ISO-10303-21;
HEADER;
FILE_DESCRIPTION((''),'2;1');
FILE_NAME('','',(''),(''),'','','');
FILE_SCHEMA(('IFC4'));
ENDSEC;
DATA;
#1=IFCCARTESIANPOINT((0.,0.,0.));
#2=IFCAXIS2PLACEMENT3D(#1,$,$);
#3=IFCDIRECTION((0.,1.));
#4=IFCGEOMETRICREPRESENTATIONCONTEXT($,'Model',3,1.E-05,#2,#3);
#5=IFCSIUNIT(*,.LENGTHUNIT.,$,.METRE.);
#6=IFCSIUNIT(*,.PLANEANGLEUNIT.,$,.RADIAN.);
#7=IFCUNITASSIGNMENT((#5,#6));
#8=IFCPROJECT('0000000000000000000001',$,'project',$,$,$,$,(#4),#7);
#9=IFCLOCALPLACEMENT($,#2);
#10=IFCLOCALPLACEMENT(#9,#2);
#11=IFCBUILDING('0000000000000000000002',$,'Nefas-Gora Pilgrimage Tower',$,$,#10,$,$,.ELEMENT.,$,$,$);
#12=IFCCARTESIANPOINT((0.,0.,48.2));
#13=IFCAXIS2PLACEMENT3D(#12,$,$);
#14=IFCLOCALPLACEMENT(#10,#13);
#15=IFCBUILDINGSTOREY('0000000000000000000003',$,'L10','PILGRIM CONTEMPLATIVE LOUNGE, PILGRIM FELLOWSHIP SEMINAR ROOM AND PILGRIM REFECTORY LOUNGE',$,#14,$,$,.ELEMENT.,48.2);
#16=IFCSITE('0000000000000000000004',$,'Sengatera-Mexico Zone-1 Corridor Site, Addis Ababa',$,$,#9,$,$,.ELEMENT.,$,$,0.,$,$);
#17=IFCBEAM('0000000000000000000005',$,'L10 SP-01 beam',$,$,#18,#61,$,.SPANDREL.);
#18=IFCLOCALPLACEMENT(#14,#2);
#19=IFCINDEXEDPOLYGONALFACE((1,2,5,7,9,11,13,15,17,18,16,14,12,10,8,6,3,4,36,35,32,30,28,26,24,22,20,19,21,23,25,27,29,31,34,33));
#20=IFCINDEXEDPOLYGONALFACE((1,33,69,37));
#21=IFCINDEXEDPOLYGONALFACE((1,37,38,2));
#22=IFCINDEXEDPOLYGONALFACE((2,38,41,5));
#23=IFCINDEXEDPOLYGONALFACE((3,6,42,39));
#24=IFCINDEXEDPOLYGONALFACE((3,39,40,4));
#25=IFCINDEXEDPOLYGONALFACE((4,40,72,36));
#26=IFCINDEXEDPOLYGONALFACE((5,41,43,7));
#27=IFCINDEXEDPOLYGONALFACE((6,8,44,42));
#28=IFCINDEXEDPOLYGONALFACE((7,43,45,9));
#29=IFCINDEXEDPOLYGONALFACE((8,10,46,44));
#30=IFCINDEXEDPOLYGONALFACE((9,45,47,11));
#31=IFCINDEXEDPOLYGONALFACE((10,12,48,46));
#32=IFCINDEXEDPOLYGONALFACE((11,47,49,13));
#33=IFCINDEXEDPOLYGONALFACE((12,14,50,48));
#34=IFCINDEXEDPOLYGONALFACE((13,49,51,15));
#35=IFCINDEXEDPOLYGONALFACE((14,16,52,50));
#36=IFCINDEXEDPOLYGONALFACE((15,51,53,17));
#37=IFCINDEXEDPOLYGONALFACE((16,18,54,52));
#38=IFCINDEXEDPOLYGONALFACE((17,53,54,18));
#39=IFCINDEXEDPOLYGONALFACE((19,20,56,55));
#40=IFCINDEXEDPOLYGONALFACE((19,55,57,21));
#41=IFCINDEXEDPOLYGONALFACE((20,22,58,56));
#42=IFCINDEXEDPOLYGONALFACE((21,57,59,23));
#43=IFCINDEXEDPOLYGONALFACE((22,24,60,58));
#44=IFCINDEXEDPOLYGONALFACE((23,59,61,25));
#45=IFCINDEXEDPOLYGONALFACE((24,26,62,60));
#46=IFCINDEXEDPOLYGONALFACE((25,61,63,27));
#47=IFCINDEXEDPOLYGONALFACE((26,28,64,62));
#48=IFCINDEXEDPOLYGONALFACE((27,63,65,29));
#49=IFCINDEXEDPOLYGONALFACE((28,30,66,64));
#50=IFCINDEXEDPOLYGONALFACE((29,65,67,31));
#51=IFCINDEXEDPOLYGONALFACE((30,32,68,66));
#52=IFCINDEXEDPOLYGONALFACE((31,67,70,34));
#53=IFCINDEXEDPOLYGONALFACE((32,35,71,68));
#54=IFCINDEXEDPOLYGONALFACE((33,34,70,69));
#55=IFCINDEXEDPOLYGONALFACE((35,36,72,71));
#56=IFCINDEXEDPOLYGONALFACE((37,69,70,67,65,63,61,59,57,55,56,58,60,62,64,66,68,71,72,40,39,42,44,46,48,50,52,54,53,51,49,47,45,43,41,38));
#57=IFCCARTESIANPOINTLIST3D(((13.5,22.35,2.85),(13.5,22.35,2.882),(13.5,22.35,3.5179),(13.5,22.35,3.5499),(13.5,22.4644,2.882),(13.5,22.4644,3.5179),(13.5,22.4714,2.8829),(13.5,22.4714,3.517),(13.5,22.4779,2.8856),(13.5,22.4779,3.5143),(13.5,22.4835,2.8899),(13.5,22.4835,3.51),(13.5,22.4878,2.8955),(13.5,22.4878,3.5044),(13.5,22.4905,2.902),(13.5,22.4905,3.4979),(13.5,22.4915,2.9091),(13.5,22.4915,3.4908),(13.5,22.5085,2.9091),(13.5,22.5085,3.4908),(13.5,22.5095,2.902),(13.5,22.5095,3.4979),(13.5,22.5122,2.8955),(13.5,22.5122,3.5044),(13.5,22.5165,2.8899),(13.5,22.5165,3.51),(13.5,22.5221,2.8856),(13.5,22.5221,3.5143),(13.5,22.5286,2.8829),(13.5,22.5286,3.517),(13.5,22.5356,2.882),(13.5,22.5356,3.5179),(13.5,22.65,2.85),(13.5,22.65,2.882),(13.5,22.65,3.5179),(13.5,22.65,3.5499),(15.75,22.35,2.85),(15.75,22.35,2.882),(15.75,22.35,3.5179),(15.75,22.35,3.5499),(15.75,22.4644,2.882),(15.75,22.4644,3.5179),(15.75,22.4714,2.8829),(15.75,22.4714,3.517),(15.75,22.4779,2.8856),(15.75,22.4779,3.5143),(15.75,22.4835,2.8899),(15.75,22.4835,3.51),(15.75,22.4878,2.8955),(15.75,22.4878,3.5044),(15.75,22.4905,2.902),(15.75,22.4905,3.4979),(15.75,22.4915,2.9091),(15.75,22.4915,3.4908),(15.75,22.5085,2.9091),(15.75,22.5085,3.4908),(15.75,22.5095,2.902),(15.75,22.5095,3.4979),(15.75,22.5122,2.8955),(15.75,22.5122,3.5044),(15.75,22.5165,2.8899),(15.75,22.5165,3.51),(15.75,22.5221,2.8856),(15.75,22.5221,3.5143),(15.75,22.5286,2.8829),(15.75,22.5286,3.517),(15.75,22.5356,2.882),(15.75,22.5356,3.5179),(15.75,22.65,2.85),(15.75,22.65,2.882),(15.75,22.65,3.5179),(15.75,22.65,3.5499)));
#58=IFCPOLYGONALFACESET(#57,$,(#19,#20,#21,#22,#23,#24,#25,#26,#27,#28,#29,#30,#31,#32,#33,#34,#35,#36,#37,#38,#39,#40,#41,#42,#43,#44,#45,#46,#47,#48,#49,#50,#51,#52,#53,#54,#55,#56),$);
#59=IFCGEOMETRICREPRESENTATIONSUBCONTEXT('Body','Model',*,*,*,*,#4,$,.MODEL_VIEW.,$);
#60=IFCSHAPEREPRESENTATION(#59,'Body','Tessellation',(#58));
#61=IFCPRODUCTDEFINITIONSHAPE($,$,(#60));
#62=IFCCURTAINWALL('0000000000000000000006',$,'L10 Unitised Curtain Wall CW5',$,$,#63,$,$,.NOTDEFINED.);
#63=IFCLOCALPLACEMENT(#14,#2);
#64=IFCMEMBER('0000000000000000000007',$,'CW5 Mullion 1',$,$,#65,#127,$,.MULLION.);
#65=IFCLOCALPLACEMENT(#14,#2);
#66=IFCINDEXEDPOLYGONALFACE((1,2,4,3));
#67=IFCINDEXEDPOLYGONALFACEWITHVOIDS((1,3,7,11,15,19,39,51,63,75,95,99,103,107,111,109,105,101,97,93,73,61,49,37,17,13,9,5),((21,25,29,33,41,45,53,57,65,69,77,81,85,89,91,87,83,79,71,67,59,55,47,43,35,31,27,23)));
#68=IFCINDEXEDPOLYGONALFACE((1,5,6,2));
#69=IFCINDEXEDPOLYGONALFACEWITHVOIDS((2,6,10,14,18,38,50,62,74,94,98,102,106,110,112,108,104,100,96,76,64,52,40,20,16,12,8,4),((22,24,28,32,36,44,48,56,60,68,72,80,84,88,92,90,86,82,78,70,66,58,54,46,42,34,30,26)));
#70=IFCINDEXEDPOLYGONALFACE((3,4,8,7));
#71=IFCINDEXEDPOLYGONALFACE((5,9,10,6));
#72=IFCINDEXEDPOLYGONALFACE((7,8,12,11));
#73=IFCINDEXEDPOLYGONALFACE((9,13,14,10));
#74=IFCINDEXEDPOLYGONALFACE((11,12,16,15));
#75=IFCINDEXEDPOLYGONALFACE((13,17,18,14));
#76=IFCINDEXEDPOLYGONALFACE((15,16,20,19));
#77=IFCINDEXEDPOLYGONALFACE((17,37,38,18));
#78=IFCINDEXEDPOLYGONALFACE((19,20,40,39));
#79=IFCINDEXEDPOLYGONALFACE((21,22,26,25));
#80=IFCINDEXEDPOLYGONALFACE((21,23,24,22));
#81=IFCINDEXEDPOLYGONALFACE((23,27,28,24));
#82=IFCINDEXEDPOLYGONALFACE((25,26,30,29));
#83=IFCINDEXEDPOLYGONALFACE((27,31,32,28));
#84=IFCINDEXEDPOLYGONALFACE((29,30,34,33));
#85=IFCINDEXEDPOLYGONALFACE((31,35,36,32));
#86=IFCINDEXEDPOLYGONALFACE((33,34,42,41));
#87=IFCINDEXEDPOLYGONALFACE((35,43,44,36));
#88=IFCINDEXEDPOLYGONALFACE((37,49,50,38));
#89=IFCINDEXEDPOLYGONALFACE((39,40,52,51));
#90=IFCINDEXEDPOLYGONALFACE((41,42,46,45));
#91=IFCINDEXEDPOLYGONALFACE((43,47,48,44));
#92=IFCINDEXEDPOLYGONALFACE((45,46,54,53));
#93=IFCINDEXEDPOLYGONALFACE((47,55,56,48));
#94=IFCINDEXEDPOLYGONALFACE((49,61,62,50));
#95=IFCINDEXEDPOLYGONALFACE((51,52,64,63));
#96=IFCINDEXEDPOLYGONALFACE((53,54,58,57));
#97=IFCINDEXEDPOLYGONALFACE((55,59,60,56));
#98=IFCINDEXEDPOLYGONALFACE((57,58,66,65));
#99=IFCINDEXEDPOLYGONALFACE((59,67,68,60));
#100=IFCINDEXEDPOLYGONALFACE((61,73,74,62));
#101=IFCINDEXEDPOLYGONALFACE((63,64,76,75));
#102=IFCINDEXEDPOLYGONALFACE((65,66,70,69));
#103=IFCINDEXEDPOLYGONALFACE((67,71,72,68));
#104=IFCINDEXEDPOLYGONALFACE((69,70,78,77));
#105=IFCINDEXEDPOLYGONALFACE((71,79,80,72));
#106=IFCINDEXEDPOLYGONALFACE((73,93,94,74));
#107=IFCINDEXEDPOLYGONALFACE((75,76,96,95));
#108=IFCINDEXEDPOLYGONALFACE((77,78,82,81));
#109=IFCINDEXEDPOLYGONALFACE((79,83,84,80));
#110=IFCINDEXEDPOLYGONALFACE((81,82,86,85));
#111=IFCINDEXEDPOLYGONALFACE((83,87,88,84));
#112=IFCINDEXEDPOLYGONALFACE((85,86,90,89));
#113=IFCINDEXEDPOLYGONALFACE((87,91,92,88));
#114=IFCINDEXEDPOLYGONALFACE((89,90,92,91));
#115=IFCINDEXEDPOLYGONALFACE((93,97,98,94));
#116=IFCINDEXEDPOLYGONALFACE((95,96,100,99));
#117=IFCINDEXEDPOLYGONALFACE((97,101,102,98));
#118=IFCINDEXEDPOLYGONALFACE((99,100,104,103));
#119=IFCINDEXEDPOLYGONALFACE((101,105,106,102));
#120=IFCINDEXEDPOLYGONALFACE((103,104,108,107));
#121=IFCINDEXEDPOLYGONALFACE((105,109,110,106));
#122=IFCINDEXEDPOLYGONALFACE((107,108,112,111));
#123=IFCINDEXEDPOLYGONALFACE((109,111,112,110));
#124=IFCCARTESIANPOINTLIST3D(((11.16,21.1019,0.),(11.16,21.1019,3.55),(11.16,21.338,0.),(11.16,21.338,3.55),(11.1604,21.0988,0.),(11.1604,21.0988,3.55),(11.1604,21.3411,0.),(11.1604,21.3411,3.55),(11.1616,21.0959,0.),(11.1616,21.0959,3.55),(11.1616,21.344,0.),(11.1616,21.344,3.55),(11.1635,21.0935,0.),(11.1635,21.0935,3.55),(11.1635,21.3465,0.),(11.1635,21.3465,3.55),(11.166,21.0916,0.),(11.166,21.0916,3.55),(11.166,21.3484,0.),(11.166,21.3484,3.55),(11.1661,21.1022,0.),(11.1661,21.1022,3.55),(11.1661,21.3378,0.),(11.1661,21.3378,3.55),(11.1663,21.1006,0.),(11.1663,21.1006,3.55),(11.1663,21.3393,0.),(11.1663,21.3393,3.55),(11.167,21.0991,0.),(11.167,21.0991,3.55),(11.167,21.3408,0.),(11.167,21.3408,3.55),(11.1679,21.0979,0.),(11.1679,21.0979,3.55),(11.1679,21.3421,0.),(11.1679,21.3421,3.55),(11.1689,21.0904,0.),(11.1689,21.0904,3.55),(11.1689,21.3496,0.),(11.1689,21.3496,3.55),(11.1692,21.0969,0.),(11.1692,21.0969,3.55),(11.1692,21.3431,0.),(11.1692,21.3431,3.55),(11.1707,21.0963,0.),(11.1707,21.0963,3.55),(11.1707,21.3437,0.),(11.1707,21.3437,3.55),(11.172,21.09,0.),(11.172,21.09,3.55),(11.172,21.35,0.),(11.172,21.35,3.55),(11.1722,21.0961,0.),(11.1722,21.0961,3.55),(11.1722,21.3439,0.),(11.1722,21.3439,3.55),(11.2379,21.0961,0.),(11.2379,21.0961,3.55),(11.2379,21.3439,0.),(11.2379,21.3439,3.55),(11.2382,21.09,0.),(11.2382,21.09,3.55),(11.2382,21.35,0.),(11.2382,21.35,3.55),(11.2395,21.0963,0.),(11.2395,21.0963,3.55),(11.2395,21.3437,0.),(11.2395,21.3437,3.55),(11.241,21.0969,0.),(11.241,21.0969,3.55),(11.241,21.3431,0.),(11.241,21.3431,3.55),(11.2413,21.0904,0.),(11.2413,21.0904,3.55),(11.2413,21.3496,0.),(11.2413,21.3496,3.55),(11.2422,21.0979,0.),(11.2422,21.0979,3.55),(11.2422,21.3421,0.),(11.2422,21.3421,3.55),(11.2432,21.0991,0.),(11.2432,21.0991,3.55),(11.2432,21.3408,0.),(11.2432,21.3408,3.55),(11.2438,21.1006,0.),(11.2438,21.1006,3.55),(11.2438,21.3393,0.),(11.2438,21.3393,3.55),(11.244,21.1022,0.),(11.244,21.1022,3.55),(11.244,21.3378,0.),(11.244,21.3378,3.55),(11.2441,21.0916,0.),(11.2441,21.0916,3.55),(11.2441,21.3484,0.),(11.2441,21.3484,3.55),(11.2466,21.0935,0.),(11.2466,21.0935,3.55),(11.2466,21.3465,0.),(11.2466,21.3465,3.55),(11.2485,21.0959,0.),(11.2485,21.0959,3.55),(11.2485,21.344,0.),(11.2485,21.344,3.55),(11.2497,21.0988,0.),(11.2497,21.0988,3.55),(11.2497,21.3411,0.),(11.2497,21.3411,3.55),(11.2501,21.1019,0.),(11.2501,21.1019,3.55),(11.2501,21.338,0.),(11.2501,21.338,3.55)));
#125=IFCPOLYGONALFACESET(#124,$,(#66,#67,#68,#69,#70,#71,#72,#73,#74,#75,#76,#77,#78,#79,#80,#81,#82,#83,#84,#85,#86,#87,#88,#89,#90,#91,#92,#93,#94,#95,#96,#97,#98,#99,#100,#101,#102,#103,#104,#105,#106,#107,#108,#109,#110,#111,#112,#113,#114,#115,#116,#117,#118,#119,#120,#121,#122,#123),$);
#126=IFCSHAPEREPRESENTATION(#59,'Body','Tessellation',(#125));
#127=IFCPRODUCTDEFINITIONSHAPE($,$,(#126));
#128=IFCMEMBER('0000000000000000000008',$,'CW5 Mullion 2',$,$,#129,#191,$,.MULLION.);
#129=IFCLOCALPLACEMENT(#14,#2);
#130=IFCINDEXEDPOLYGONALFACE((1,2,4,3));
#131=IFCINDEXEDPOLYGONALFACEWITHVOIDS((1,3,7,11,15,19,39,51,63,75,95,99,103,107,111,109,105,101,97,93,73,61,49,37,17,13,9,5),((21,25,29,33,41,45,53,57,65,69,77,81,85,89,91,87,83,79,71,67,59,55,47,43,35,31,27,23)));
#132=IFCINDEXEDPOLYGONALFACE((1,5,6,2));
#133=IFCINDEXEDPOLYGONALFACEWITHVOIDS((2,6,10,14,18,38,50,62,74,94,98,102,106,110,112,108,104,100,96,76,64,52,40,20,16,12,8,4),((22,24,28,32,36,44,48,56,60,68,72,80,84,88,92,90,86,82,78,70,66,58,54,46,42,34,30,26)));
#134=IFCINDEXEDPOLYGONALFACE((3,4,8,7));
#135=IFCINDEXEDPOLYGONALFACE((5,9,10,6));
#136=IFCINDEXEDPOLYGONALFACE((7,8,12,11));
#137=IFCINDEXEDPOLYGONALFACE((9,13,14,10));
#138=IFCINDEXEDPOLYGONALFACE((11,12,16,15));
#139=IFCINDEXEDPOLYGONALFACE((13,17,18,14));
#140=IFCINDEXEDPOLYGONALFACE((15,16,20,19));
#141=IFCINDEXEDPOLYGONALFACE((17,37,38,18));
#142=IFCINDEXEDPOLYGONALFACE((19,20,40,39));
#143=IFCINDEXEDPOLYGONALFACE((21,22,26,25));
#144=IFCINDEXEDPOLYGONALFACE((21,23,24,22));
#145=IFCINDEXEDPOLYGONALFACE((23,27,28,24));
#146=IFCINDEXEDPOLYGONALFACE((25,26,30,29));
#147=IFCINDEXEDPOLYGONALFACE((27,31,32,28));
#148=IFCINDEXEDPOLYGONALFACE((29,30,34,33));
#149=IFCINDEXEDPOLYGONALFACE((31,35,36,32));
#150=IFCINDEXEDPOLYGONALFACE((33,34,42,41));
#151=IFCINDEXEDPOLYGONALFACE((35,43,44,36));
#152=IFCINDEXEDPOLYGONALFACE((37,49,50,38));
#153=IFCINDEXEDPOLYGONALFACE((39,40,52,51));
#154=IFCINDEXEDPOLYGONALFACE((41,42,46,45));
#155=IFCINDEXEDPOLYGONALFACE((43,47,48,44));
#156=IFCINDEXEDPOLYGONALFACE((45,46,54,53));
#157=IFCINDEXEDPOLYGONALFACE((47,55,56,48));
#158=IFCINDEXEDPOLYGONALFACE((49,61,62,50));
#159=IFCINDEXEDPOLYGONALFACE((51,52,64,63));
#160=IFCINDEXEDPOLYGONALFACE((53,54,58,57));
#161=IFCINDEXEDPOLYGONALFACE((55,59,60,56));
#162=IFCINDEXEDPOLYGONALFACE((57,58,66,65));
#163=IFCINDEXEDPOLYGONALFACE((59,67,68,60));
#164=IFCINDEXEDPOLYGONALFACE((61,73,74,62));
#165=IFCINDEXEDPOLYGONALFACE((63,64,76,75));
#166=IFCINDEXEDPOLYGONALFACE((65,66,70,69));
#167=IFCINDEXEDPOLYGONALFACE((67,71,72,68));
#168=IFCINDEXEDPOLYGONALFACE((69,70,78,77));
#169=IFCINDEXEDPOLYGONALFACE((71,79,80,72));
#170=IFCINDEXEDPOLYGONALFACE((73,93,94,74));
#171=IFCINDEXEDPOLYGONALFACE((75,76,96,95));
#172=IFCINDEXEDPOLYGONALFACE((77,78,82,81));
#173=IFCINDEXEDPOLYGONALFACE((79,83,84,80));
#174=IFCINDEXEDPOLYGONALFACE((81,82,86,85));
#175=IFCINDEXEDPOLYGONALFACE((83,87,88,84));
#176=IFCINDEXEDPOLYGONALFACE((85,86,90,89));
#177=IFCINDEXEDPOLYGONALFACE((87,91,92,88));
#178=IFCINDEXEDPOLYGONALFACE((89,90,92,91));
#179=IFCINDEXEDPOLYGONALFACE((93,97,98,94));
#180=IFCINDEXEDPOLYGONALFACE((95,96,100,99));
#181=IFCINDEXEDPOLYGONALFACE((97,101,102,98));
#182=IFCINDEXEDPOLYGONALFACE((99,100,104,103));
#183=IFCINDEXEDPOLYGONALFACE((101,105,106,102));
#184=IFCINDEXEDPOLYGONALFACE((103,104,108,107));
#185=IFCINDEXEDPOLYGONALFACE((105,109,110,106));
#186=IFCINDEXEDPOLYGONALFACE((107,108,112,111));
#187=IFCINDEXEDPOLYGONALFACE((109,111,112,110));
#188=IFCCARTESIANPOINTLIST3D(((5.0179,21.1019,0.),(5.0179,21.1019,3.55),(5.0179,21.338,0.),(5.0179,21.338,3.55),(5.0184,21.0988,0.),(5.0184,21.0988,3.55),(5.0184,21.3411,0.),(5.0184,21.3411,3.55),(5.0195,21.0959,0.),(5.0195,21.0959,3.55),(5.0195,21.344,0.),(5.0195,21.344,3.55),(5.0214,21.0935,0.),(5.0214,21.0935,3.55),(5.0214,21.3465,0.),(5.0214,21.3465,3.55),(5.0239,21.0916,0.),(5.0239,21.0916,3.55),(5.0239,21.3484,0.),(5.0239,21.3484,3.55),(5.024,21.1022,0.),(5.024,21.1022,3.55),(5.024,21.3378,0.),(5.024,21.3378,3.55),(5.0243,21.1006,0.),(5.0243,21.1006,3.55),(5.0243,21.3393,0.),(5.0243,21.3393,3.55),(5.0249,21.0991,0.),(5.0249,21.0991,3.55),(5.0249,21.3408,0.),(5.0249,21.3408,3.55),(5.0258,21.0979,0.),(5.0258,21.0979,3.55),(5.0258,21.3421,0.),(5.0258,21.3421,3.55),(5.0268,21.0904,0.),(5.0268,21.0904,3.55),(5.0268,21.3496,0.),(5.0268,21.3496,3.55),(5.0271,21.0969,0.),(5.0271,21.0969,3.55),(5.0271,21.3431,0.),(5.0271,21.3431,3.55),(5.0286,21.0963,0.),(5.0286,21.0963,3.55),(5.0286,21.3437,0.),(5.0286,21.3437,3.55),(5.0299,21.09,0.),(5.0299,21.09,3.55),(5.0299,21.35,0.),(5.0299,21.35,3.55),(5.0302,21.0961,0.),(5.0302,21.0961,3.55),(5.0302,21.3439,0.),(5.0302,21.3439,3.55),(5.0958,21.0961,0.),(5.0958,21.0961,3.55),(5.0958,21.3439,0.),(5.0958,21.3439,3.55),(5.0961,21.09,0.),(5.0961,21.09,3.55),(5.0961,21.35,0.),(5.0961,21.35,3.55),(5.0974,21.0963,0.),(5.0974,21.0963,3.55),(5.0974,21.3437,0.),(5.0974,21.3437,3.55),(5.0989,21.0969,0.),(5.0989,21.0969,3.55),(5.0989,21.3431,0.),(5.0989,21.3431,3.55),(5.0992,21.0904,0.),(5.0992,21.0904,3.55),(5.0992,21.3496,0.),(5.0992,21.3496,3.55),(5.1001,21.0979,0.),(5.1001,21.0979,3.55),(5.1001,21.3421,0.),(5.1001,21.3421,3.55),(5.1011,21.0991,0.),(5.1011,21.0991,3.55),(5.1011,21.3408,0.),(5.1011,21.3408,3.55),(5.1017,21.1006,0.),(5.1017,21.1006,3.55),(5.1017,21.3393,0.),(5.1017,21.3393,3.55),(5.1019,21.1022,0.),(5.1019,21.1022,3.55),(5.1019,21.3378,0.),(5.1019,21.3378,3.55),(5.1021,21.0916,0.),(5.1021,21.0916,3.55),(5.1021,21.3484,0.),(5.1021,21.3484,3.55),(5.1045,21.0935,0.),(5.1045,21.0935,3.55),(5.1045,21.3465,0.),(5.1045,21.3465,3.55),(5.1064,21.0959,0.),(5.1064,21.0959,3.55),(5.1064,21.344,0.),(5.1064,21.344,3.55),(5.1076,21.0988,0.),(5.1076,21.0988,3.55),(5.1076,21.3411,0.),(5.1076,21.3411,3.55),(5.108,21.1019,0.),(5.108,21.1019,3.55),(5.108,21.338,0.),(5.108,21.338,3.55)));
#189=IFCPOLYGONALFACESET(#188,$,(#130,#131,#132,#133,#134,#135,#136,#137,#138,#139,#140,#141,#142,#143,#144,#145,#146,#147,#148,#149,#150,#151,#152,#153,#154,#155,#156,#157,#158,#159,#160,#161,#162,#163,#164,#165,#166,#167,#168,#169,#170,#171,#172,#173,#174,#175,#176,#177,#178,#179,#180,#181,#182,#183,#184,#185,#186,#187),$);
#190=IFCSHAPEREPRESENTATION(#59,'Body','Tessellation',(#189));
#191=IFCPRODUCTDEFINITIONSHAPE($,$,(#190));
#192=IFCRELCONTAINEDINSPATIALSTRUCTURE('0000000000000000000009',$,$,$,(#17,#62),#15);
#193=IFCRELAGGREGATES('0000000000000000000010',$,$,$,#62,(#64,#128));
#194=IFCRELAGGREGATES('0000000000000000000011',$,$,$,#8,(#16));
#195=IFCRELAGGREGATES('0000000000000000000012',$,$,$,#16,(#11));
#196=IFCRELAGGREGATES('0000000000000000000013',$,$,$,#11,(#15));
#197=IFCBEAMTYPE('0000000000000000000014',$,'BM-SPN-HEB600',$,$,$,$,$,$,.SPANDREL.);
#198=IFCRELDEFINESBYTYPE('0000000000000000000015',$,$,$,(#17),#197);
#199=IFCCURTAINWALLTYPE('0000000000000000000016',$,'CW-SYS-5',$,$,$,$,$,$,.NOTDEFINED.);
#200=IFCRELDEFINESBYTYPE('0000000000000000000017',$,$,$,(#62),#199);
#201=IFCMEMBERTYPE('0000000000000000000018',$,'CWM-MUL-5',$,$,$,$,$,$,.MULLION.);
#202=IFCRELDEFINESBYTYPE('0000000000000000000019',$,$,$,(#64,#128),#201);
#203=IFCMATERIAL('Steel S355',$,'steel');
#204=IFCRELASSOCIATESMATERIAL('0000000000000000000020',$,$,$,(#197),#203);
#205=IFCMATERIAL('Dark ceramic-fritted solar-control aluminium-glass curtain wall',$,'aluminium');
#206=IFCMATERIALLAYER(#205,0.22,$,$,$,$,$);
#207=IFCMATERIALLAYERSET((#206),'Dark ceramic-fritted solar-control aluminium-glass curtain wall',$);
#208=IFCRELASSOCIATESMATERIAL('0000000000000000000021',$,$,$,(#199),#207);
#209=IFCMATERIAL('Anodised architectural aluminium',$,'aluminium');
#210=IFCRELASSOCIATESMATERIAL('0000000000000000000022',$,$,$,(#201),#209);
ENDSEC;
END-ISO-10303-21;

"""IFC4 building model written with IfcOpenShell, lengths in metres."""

from ifc_helpers import new_model, si_unit, direction, frame, origin, origin_2d, place, context, subcontext, project, spatial, hollow_rectangle, i_section, extrude, source, transform, mapped, material, layer, layer_set, material_profile, profile_set, type_object, element, aggregate, save


model = new_model("IFC4")

# Units and contexts
model_context = context("Model", 3, precision=1e-05, world=origin(), true_north=direction((0.0, 1.0)))
body_context = subcontext(model_context, "Body", "Model", "MODEL_VIEW")
ifc_project = project(units=[si_unit("LENGTHUNIT", "METRE"), si_unit("PLANEANGLEUNIT", "RADIAN")], contexts=[model_context])

# Site, building, storey
site_placement = place(None, origin())
site = spatial("IfcSite", under=ifc_project, at=site_placement, Name="Sengatera-Mexico Zone-1 Corridor Site, Addis Ababa", CompositionType="ELEMENT", RefElevation=0.0)
building_placement = place(site_placement, origin())
building = spatial("IfcBuilding", under=site, at=building_placement, Name="Nefas-Gora Pilgrimage Tower", CompositionType="ELEMENT")
storey_placement = place(building_placement, frame((0.0, 0.0, 48.2)))
storey = spatial("IfcBuildingStorey", under=building, at=storey_placement, Name="L10", Description="PILGRIM CONTEMPLATIVE LOUNGE, PILGRIM FELLOWSHIP SEMINAR ROOM AND PILGRIM REFECTORY LOUNGE", CompositionType="ELEMENT", Elevation=48.2)

# Beam
ifc_material_1 = material(Name="Steel S355", Category="steel")
ifc_material_profile_1 = material_profile(ifc_material_1, i_section(OverallWidth=0.3, OverallDepth=0.7, WebThickness=0.0171, FlangeThickness=0.032, FilletRadius=0.0271, at=origin_2d()), Name="HEB 700")
ifc_profile_set_1 = profile_set([ifc_material_profile_1], Name="Steel S355")
beam_type_1 = type_object("IfcBeamType", Name="BM-SPN-HEB600", PredefinedType="SPANDREL", material=ifc_profile_set_1)
shared_shape_1 = source(origin(), body_context, "Body", "SweptSolid", [
    extrude(i_section(OverallWidth=0.3, OverallDepth=0.7, WebThickness=0.0171, FlangeThickness=0.032, FilletRadius=0.0271, at=origin_2d()), origin(), (0.0, 0.0, 1.0), 2.25),
])
beam_1_placement = place(storey_placement, frame((13.5, 22.5, 3.2), z_axis=(1.0, 0.0, 0.0), x_axis=(0.0, 1.0, 0.0)))
element("IfcBeam", 1, at=beam_1_placement, inside=storey, type_object=beam_type_1, Name="L10 SP-01 beam", PredefinedType="SPANDREL", context=body_context, shape_type="MappedRepresentation", body=[
    mapped(shared_shape_1, transform((0.0, 0.0, 0.0), x_axis=(1.0, 0.0, 0.0), y_axis=(0.0, 1.0, 0.0), z_axis=(0.0, 0.0, 1.0), scale=1.0)),
])

# Curtain wall, members
ifc_material_2 = material(Name="Dark ceramic-fritted solar-control aluminium-glass curtain wall", Category="aluminium")
ifc_layer_1 = layer(ifc_material_2, 0.22)
ifc_layer_set_1 = layer_set([ifc_layer_1], Name="Dark ceramic-fritted solar-control aluminium-glass curtain wall")
curtain_wall_type_1 = type_object("IfcCurtainWallType", Name="CW-SYS-5", PredefinedType="NOTDEFINED", material=ifc_layer_set_1)
curtain_wall_1_placement = place(storey_placement, origin())
curtain_wall_1 = element("IfcCurtainWall", 2, at=curtain_wall_1_placement, inside=storey, type_object=curtain_wall_type_1, Name="L10 Unitised Curtain Wall CW5", PredefinedType="NOTDEFINED")
ifc_material_3 = material(Name="Anodised architectural aluminium", Category="aluminium")
ifc_material_profile_2 = material_profile(ifc_material_3, hollow_rectangle(XDim=0.0901, YDim=0.26, WallThickness=0.0061, InnerFilletRadius=0.0061, OuterFilletRadius=0.012, at=origin_2d()), Name="ALU MULLION 90x260")
ifc_profile_set_2 = profile_set([ifc_material_profile_2], Name="Anodised architectural aluminium")
member_type_1 = type_object("IfcMemberType", Name="CWM-MUL-5", PredefinedType="MULLION", material=ifc_profile_set_2)
shared_shape_2 = source(origin(), body_context, "Body", "SweptSolid", [
    extrude(hollow_rectangle(XDim=0.0901, YDim=0.26, WallThickness=0.0061, InnerFilletRadius=0.0061, OuterFilletRadius=0.012, at=origin_2d()), origin(), (0.0, 0.0, 1.0), 3.55),
])
member_1_placement = place(storey_placement, frame((11.2051, 21.22, 0.0), z_axis=(0.0, 0.0, 1.0), x_axis=(-1.0, 0.0, 0.0)))
member_1 = element("IfcMember", 3, at=member_1_placement, type_object=member_type_1, Name="CW5 Mullion 1", PredefinedType="MULLION", context=body_context, shape_type="MappedRepresentation", body=[
    mapped(shared_shape_2, transform((0.0, 0.0, 0.0), x_axis=(1.0, 0.0, 0.0), y_axis=(0.0, 1.0, 0.0), z_axis=(0.0, 0.0, 1.0), scale=1.0)),
])
member_2_placement = place(storey_placement, frame((5.063, 21.22, 0.0), z_axis=(0.0, 0.0, 1.0), x_axis=(-1.0, 0.0, 0.0)))
member_2 = element("IfcMember", 4, at=member_2_placement, type_object=member_type_1, Name="CW5 Mullion 2", PredefinedType="MULLION", context=body_context, shape_type="MappedRepresentation", body=[
    mapped(shared_shape_2, transform((0.0, 0.0, 0.0), x_axis=(1.0, 0.0, 0.0), y_axis=(0.0, 1.0, 0.0), z_axis=(0.0, 0.0, 1.0), scale=1.0)),
])

aggregate(curtain_wall_1, [member_1, member_2])

save(model, "model.ifc")
